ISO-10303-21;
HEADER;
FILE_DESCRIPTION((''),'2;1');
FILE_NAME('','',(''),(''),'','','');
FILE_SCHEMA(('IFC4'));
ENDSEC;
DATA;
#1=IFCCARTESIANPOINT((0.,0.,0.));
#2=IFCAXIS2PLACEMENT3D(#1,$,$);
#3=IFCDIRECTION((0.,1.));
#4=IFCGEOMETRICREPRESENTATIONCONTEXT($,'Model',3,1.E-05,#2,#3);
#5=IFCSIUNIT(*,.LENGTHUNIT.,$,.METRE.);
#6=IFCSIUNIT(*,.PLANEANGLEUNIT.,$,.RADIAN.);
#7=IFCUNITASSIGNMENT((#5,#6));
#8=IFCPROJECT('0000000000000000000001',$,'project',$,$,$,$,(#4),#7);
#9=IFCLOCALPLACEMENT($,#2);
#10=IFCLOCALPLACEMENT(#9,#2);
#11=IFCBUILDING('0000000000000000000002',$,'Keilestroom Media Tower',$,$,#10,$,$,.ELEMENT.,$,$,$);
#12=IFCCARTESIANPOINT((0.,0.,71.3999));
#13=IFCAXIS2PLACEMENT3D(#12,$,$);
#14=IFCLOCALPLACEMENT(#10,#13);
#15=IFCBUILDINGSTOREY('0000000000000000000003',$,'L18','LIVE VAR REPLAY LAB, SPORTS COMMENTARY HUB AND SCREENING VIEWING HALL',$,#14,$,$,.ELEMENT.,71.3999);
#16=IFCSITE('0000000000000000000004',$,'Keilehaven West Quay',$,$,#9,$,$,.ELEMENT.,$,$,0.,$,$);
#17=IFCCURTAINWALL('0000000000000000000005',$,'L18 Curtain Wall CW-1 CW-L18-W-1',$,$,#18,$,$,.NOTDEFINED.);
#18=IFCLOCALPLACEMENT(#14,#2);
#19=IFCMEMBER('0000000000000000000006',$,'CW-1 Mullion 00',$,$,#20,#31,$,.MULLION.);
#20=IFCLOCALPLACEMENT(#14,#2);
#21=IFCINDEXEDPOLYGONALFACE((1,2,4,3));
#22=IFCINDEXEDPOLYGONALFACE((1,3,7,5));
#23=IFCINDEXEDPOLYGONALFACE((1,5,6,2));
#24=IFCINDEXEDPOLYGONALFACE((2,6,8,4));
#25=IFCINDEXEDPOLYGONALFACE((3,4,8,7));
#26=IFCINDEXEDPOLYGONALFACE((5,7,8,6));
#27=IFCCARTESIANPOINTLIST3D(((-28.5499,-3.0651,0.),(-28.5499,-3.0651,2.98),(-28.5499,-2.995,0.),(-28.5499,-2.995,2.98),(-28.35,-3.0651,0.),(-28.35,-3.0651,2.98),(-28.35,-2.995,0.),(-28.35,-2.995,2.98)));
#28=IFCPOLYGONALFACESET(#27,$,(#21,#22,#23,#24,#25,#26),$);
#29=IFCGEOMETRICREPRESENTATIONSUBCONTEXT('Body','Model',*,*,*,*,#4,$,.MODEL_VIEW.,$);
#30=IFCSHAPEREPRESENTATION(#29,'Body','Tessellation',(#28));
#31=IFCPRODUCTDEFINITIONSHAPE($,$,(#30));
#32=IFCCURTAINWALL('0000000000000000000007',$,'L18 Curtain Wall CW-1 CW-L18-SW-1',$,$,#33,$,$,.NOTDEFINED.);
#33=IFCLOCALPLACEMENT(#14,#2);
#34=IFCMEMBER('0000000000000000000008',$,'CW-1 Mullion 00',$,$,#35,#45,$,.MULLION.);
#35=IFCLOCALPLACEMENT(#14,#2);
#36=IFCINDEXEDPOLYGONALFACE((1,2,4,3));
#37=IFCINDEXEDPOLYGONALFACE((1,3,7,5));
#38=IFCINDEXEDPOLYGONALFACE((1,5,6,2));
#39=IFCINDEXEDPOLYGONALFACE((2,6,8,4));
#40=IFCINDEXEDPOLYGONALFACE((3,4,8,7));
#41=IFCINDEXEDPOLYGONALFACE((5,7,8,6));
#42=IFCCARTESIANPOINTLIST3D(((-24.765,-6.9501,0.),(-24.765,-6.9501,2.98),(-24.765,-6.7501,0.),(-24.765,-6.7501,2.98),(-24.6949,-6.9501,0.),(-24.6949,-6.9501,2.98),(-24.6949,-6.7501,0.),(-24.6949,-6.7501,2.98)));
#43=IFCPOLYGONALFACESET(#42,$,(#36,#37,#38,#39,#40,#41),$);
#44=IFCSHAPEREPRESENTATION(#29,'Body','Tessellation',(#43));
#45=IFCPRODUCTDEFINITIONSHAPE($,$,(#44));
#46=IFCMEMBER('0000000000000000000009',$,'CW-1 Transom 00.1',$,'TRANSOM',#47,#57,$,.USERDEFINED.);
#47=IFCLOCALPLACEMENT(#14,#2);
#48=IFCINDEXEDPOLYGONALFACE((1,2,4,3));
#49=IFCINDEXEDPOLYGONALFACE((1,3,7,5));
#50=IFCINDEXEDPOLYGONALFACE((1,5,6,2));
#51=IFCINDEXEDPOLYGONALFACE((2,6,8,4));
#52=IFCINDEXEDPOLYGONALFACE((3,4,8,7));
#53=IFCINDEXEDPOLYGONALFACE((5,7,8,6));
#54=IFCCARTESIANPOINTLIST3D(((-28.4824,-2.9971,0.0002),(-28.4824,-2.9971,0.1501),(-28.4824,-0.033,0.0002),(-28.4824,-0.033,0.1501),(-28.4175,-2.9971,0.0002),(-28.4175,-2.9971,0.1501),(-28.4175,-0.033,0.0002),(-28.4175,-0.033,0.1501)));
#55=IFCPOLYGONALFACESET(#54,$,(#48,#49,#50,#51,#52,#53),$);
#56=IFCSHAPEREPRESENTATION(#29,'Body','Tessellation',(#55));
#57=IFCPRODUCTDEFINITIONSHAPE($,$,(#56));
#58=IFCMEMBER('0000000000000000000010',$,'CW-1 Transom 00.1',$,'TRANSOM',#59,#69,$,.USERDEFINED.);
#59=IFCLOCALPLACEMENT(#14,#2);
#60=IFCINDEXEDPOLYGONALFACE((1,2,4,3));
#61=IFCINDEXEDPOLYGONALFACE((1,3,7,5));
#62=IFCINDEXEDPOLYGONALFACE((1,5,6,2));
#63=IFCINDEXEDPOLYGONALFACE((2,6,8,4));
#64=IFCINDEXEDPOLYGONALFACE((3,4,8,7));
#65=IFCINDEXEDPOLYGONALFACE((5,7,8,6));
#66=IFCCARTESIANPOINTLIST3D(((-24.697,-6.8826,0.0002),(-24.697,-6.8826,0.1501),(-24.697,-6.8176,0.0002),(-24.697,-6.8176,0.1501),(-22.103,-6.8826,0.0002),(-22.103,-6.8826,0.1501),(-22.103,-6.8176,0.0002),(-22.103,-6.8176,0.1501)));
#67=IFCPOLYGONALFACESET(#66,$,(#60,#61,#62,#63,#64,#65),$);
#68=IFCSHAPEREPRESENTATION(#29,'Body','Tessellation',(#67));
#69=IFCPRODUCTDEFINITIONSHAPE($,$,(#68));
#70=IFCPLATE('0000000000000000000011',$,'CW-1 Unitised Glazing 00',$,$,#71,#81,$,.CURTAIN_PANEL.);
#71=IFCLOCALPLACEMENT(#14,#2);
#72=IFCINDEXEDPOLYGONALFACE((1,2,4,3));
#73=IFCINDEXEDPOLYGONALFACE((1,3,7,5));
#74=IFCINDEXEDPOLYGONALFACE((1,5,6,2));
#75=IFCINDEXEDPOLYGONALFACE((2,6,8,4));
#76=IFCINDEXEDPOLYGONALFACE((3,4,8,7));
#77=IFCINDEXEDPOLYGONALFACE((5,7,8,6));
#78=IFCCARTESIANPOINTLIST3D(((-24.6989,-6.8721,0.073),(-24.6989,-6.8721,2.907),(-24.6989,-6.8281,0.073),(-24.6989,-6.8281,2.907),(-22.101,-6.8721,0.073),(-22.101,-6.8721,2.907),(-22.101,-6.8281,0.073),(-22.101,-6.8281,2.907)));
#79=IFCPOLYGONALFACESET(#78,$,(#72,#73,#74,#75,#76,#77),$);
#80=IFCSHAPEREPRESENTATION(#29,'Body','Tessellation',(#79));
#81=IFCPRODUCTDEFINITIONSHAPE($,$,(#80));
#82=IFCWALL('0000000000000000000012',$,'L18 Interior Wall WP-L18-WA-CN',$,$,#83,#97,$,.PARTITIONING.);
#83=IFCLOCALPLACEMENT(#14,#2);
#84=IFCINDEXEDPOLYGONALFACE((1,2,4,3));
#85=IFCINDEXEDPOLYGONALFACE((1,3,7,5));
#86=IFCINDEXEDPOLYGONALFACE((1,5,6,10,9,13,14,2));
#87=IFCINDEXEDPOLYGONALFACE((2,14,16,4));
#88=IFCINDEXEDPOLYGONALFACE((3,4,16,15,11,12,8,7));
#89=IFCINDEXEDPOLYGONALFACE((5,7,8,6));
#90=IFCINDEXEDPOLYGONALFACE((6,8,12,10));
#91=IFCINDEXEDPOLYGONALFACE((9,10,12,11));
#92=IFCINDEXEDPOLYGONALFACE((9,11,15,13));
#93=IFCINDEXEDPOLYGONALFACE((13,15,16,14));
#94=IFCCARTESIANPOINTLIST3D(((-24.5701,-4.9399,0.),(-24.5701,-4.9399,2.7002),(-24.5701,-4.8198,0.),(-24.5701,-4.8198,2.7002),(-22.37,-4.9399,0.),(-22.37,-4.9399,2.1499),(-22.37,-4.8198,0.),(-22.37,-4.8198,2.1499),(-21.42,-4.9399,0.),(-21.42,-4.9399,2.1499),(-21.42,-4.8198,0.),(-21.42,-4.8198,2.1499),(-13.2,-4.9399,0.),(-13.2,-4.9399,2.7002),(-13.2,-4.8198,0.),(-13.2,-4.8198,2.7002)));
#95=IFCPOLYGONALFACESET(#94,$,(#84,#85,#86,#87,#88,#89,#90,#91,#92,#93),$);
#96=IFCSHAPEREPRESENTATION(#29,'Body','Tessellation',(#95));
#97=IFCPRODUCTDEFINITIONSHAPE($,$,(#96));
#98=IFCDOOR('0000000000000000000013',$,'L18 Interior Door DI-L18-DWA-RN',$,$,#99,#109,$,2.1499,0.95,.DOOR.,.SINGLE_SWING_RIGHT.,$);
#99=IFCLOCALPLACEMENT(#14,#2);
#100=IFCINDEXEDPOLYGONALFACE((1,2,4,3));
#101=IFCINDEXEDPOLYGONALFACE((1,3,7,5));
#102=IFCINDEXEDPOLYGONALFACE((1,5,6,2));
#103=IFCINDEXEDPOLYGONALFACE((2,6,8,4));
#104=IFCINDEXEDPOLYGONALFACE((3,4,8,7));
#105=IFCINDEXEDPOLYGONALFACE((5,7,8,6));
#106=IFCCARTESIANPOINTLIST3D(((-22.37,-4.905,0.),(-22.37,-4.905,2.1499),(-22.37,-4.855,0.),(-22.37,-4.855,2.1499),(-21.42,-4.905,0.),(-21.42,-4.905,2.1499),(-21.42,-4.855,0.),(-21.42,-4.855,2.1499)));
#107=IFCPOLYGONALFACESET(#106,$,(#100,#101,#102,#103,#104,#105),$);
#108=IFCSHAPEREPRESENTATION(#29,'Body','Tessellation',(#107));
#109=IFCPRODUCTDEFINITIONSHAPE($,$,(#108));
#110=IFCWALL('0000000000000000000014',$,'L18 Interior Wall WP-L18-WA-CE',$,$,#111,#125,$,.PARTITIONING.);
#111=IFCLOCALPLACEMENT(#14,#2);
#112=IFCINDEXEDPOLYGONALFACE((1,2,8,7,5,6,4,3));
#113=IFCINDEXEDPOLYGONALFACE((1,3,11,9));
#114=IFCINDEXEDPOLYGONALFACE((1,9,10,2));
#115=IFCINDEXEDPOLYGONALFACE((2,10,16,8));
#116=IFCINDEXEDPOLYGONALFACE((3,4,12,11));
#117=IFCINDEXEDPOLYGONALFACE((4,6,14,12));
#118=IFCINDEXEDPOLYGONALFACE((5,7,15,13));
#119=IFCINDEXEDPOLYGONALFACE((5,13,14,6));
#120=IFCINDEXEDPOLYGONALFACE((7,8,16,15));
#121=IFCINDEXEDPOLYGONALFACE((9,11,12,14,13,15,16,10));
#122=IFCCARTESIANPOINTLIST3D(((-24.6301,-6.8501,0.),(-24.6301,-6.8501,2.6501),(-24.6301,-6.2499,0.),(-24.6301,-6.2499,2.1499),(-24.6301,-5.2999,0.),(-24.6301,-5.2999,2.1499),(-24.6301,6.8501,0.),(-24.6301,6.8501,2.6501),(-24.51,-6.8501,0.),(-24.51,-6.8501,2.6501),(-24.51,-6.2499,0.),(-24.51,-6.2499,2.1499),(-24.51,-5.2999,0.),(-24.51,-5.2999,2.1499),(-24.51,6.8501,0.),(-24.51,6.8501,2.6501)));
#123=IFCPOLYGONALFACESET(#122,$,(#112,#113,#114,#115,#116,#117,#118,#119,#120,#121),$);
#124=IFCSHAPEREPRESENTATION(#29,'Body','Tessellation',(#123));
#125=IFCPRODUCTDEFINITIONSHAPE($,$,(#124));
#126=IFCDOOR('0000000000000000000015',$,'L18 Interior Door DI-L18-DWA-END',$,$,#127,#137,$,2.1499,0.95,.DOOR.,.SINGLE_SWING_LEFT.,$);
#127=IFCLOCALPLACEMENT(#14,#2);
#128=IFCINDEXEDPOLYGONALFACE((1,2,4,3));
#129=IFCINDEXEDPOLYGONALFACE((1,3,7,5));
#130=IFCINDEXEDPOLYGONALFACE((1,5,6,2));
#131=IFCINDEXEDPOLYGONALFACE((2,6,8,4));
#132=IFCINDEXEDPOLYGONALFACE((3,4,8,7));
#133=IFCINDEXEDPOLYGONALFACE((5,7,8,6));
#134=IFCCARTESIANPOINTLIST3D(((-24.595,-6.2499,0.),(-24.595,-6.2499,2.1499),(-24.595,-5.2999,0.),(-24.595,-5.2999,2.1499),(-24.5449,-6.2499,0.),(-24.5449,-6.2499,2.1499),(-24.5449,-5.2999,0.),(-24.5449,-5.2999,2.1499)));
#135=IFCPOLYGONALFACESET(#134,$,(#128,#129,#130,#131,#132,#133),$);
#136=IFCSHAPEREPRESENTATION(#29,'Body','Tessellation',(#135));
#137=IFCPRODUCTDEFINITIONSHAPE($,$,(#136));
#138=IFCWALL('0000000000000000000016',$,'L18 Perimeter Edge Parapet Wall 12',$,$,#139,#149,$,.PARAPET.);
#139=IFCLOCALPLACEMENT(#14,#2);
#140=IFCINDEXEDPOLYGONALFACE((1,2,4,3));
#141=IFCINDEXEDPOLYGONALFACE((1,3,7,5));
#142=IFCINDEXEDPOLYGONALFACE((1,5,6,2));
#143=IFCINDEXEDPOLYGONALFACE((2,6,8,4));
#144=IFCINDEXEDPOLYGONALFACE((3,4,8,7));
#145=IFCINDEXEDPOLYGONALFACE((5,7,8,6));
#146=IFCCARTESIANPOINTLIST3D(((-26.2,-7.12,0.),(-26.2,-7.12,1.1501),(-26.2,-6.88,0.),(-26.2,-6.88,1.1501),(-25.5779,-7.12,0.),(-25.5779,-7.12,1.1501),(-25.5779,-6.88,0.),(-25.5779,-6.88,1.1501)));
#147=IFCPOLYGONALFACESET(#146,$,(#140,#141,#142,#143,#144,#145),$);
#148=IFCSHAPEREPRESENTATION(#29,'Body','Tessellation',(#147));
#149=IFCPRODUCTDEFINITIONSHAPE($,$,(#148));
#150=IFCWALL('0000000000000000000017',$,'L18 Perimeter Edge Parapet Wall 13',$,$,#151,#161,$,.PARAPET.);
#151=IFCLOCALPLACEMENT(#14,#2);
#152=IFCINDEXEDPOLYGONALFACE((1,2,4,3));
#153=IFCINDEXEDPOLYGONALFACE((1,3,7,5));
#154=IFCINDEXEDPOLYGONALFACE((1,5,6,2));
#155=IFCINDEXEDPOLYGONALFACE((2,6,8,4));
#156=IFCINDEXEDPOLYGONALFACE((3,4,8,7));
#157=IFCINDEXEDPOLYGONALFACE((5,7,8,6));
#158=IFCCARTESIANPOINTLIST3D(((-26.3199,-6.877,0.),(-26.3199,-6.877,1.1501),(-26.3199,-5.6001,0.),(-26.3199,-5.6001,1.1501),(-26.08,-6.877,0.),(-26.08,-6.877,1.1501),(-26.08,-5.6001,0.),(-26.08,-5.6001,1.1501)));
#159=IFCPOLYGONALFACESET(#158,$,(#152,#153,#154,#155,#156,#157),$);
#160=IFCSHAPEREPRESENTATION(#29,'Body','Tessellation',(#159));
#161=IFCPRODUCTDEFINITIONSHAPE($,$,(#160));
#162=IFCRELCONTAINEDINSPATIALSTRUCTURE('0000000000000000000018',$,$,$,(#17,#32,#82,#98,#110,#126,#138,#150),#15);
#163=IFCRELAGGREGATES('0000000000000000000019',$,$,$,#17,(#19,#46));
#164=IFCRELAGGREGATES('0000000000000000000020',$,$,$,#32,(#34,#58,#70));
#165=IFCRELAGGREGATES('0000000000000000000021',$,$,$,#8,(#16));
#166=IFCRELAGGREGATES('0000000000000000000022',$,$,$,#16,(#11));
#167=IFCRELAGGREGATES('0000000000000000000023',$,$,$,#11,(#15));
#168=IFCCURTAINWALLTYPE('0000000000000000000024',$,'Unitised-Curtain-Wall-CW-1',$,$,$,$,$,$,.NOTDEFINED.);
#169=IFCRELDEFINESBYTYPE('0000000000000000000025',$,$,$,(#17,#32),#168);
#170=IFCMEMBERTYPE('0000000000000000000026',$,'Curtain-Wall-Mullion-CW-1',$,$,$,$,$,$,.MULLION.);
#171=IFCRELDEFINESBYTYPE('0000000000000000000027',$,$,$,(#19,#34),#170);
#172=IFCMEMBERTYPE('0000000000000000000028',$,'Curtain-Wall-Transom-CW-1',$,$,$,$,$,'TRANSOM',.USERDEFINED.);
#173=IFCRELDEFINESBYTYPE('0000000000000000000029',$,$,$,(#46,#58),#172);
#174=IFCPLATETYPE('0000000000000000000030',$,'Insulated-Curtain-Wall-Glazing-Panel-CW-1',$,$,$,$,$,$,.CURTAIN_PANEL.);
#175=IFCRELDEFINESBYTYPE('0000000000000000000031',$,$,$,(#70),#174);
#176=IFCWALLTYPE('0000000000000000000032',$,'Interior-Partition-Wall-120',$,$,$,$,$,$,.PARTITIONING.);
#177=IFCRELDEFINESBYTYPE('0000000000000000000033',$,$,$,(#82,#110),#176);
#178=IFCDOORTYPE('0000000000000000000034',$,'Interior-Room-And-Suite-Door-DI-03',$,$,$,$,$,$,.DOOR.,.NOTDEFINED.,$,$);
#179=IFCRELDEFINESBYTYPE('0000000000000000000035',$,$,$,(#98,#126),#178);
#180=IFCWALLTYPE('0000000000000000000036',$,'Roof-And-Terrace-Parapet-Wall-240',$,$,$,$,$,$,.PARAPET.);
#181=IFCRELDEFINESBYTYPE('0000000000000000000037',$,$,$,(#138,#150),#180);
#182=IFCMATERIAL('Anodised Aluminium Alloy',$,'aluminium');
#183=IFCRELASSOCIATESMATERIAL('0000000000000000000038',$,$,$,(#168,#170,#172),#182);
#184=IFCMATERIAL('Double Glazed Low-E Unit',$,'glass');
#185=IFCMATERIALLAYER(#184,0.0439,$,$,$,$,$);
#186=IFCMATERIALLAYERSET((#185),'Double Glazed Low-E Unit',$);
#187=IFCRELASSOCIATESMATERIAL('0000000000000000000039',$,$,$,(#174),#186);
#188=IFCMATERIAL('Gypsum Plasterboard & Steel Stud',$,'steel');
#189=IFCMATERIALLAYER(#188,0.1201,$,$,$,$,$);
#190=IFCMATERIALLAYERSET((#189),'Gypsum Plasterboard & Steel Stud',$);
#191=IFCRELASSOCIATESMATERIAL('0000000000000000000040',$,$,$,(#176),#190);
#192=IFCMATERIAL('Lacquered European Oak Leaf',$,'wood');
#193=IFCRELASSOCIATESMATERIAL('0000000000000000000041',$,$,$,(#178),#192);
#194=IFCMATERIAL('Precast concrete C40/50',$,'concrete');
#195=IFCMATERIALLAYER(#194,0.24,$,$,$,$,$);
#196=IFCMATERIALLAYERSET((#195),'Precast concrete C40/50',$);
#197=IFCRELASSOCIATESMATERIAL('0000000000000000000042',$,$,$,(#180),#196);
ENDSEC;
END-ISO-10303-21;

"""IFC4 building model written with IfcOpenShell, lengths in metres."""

from ifc_helpers import new_model, si_unit, direction, frame, frame_2d, origin, origin_2d, place, context, subcontext, project, spatial, rectangle, extrude, source, transform, mapped, material, layer, layer_set, material_profile, profile_set, type_object, element, fill, aggregate, save


model = new_model("IFC4")

# Units and contexts
model_context = context("Model", 3, precision=1e-05, world=origin(), true_north=direction((0.0, 1.0)))
body_context = subcontext(model_context, "Body", "Model", "MODEL_VIEW")
ifc_project = project(units=[si_unit("LENGTHUNIT", "METRE"), si_unit("PLANEANGLEUNIT", "RADIAN")], contexts=[model_context])

# Site, building, storey
site_placement = place(None, origin())
site = spatial("IfcSite", under=ifc_project, at=site_placement, Name="Keilehaven West Quay", CompositionType="ELEMENT", RefElevation=0.0)
building_placement = place(site_placement, origin())
building = spatial("IfcBuilding", under=site, at=building_placement, Name="Keilestroom Media Tower", CompositionType="ELEMENT")
storey_placement = place(building_placement, frame((0.0, 0.0, 71.3999)))
storey = spatial("IfcBuildingStorey", under=building, at=storey_placement, Name="L18", Description="LIVE VAR REPLAY LAB, SPORTS COMMENTARY HUB AND SCREENING VIEWING HALL", CompositionType="ELEMENT", Elevation=71.3999)

# Shared definitions
ifc_material_1 = material(Name="Precast concrete C40/50", Category="concrete")

# Curtain walls, members
ifc_material_2 = material(Name="Anodised Aluminium Alloy", Category="aluminium")
curtain_wall_type = type_object("IfcCurtainWallType", Name="Unitised-Curtain-Wall-CW-1", PredefinedType="NOTDEFINED", material=ifc_material_2)
curtain_wall_1_placement = place(storey_placement, origin())
curtain_wall_1 = element("IfcCurtainWall", 1, at=curtain_wall_1_placement, inside=storey, type_object=curtain_wall_type, Name="L18 Curtain Wall CW-1 CW-L18-W-1", PredefinedType="NOTDEFINED")
ifc_material_profile_1 = material_profile(ifc_material_2, rectangle(XDim=0.0701, YDim=0.2, at=origin_2d()), Name="ALU MULLION 70x200")
ifc_profile_set_1 = profile_set([ifc_material_profile_1], Name="Anodised Aluminium Alloy")
member_type_1 = type_object("IfcMemberType", Name="Curtain-Wall-Mullion-CW-1", PredefinedType="MULLION", material=ifc_profile_set_1)
shared_shape_1 = source(origin(), body_context, "Body", "SweptSolid", [
    extrude(rectangle(XDim=0.0701, YDim=0.2, at=origin_2d()), origin(), (0.0, 0.0, 1.0), 2.98),
])
member_1_placement = place(storey_placement, frame((-28.45, -3.03, 0.0), z_axis=(0.0, 0.0, 1.0), x_axis=(0.0, 1.0, 0.0)))
member_1 = element("IfcMember", 2, at=member_1_placement, type_object=member_type_1, Name="CW-1 Mullion 00", PredefinedType="MULLION", context=body_context, shape_type="MappedRepresentation", body=[
    mapped(shared_shape_1, transform((0.0, 0.0, 0.0), x_axis=(1.0, 0.0, 0.0), y_axis=(0.0, 1.0, 0.0), z_axis=(0.0, 0.0, 1.0), scale=1.0)),
])
curtain_wall_2_placement = place(storey_placement, origin())
curtain_wall_2 = element("IfcCurtainWall", 3, at=curtain_wall_2_placement, inside=storey, type_object=curtain_wall_type, Name="L18 Curtain Wall CW-1 CW-L18-SW-1", PredefinedType="NOTDEFINED")
member_2_placement = place(storey_placement, frame((-24.73, -6.8501, 0.0), z_axis=(0.0, 0.0, 1.0), x_axis=(1.0, 0.0, 0.0)))
member_2 = element("IfcMember", 4, at=member_2_placement, type_object=member_type_1, Name="CW-1 Mullion 00", PredefinedType="MULLION", context=body_context, shape_type="MappedRepresentation", body=[
    mapped(shared_shape_1, transform((0.0, 0.0, 0.0), x_axis=(1.0, 0.0, 0.0), y_axis=(0.0, 1.0, 0.0), z_axis=(0.0, 0.0, 1.0), scale=1.0)),
])

# Members
ifc_material_profile_2 = material_profile(ifc_material_2, rectangle(XDim=0.0649, YDim=0.1499, at=origin_2d()), Name="ALU TRANSOM 65x150")
ifc_profile_set_2 = profile_set([ifc_material_profile_2], Name="Anodised Aluminium Alloy")
member_type_2 = type_object("IfcMemberType", Name="Curtain-Wall-Transom-CW-1", ElementType="TRANSOM", PredefinedType="USERDEFINED", material=ifc_profile_set_2)
shared_shape_2 = source(origin(), body_context, "Body", "SweptSolid", [
    extrude(rectangle(XDim=0.0649, YDim=0.1499, at=origin_2d()), origin(), (0.0, 0.0, 1.0), 2.9641),
])
member_3_placement = place(storey_placement, frame((-28.45, -2.9971, 0.0752), z_axis=(0.0, 1.0, 0.0), x_axis=(-1.0, 0.0, 0.0)))
member_3 = element("IfcMember", 5, at=member_3_placement, type_object=member_type_2, Name="CW-1 Transom 00.1", ObjectType="TRANSOM", PredefinedType="USERDEFINED", context=body_context, shape_type="MappedRepresentation", body=[
    mapped(shared_shape_2, transform((0.0, 0.0, 0.0), x_axis=(1.0, 0.0, 0.0), y_axis=(0.0, 1.0, 0.0), z_axis=(0.0, 0.0, 1.0), scale=1.0)),
])
aggregate(curtain_wall_1, [member_1, member_3])
shared_shape_3 = source(origin(), body_context, "Body", "SweptSolid", [
    extrude(rectangle(XDim=0.0649, YDim=0.1499, at=origin_2d()), origin(), (0.0, 0.0, 1.0), 2.594),
])
member_4_placement = place(storey_placement, frame((-24.697, -6.8501, 0.0752), z_axis=(1.0, 0.0, 0.0), x_axis=(0.0, 1.0, 0.0)))
member_4 = element("IfcMember", 6, at=member_4_placement, type_object=member_type_2, Name="CW-1 Transom 00.1", ObjectType="TRANSOM", PredefinedType="USERDEFINED", context=body_context, shape_type="MappedRepresentation", body=[
    mapped(shared_shape_3, transform((0.0, 0.0, 0.0), x_axis=(1.0, 0.0, 0.0), y_axis=(0.0, 1.0, 0.0), z_axis=(0.0, 0.0, 1.0), scale=1.0)),
])

# Plate
ifc_material_3 = material(Name="Double Glazed Low-E Unit", Category="glass")
ifc_layer_1 = layer(ifc_material_3, 0.0439)
ifc_layer_set_1 = layer_set([ifc_layer_1], Name="Double Glazed Low-E Unit")
plate_type = type_object("IfcPlateType", Name="Insulated-Curtain-Wall-Glazing-Panel-CW-1", PredefinedType="CURTAIN_PANEL", material=ifc_layer_set_1)
shared_shape_4 = source(origin(), body_context, "Body", "SweptSolid", [
    extrude(rectangle(XDim=2.5979, YDim=0.0439, at=origin_2d()), origin(), (0.0, 0.0, 1.0), 2.834),
])
plate_placement = place(storey_placement, frame((-23.3999, -6.8501, 0.073), z_axis=(0.0, 0.0, 1.0), x_axis=(1.0, 0.0, 0.0)))
plate = element("IfcPlate", 7, at=plate_placement, type_object=plate_type, Name="CW-1 Unitised Glazing 00", PredefinedType="CURTAIN_PANEL", context=body_context, shape_type="MappedRepresentation", body=[
    mapped(shared_shape_4, transform((0.0, 0.0, 0.0), x_axis=(1.0, 0.0, 0.0), y_axis=(0.0, 1.0, 0.0), z_axis=(0.0, 0.0, 1.0), scale=1.0)),
])
aggregate(curtain_wall_2, [member_2, member_4, plate])

# Walls, openings, doors
ifc_material_4 = material(Name="Gypsum Plasterboard & Steel Stud", Category="steel")
ifc_layer_2 = layer(ifc_material_4, 0.1201)
ifc_layer_set_2 = layer_set([ifc_layer_2], Name="Gypsum Plasterboard & Steel Stud")
wall_type_1 = type_object("IfcWallType", Name="Interior-Partition-Wall-120", PredefinedType="PARTITIONING", material=ifc_layer_set_2)
wall_1_placement = place(storey_placement, frame((-24.5701, -4.8799, 0.0), z_axis=(0.0, 0.0, 1.0), x_axis=(1.0, 0.0, 0.0)))
wall_1 = element("IfcWall", 8, at=wall_1_placement, inside=storey, type_object=wall_type_1, Name="L18 Interior Wall WP-L18-WA-CN", PredefinedType="PARTITIONING", context=body_context, shape_type="SweptSolid", body=[
    extrude(rectangle(XDim=11.3701, YDim=0.1201, at=frame_2d((5.6851, 0.0))), origin(), (0.0, 0.0, 1.0), 2.7002),
])
opening_1_placement = place(wall_1_placement, frame((2.2, 0.0, 0.0)))
opening_1 = element("IfcOpeningElement", 9, at=opening_1_placement, cuts=wall_1, PredefinedType="OPENING", context=body_context, shape_type="SweptSolid", body=[
    extrude(rectangle(XDim=0.95, YDim=2.1499, at=frame_2d((0.4751, 1.075))), frame((0.0, 0.0701, 0.0), z_axis=(0.0, -1.0, 0.0), x_axis=(1.0, 0.0, 0.0)), (0.0, 0.0, 1.0), 0.1401),
])
ifc_material_5 = material(Name="Lacquered European Oak Leaf", Category="wood")
door_type = type_object("IfcDoorType", Name="Interior-Room-And-Suite-Door-DI-03", OperationType="NOTDEFINED", PredefinedType="DOOR", material=ifc_material_5)
shared_shape_5 = source(origin(), body_context, "Body", "SweptSolid", [
    extrude(rectangle(XDim=0.95, YDim=2.1499, at=frame_2d((0.4751, 1.075))), frame((0.0, 0.0249, 0.0), z_axis=(0.0, -1.0, 0.0), x_axis=(1.0, 0.0, 0.0)), (0.0, 0.0, 1.0), 0.05),
])
door_1_placement = place(opening_1_placement, origin())
door_1 = element("IfcDoor", 10, at=door_1_placement, inside=storey, type_object=door_type, Name="L18 Interior Door DI-L18-DWA-RN", OperationType="SINGLE_SWING_RIGHT", OverallHeight=2.1499, OverallWidth=0.95, PredefinedType="DOOR", context=body_context, shape_type="MappedRepresentation", body=[
    mapped(shared_shape_5, transform((0.0, 0.0, 0.0), x_axis=(1.0, 0.0, 0.0), y_axis=(0.0, 1.0, 0.0), z_axis=(0.0, 0.0, 1.0), scale=1.0)),
])
fill(opening_1, door_1)
wall_2_placement = place(storey_placement, frame((-24.5701, -6.8501, 0.0), z_axis=(0.0, 0.0, 1.0), x_axis=(0.0, 1.0, 0.0)))
wall_2 = element("IfcWall", 11, at=wall_2_placement, inside=storey, type_object=wall_type_1, Name="L18 Interior Wall WP-L18-WA-CE", PredefinedType="PARTITIONING", context=body_context, shape_type="SweptSolid", body=[
    extrude(rectangle(XDim=13.7002, YDim=0.1201, at=frame_2d((6.8501, 0.0))), origin(), (0.0, 0.0, 1.0), 2.6501),
])
opening_2_placement = place(wall_2_placement, frame((0.6001, 0.0, 0.0)))
opening_2 = element("IfcOpeningElement", 12, at=opening_2_placement, cuts=wall_2, PredefinedType="OPENING", context=body_context, shape_type="SweptSolid", body=[
    extrude(rectangle(XDim=0.95, YDim=2.1499, at=frame_2d((0.4751, 1.075))), frame((0.0, 0.0701, 0.0), z_axis=(0.0, -1.0, 0.0), x_axis=(1.0, 0.0, 0.0)), (0.0, 0.0, 1.0), 0.1401),
])
door_2_placement = place(opening_2_placement, origin())
door_2 = element("IfcDoor", 13, at=door_2_placement, inside=storey, type_object=door_type, Name="L18 Interior Door DI-L18-DWA-END", OperationType="SINGLE_SWING_LEFT", OverallHeight=2.1499, OverallWidth=0.95, PredefinedType="DOOR", context=body_context, shape_type="MappedRepresentation", body=[
    mapped(shared_shape_5, transform((0.0, 0.0, 0.0), x_axis=(1.0, 0.0, 0.0), y_axis=(0.0, 1.0, 0.0), z_axis=(0.0, 0.0, 1.0), scale=1.0)),
])
fill(opening_2, door_2)

# Walls
ifc_layer_3 = layer(ifc_material_1, 0.24)
ifc_layer_set_3 = layer_set([ifc_layer_3], Name="Precast concrete C40/50")
wall_type_2 = type_object("IfcWallType", Name="Roof-And-Terrace-Parapet-Wall-240", PredefinedType="PARAPET", material=ifc_layer_set_3)
wall_3_placement = place(storey_placement, frame((-25.5779, -7.0, 0.0), z_axis=(0.0, 0.0, 1.0), x_axis=(-1.0, 0.0, 0.0)))
element("IfcWall", 14, at=wall_3_placement, inside=storey, type_object=wall_type_2, Name="L18 Perimeter Edge Parapet Wall 12", PredefinedType="PARAPET", context=body_context, shape_type="SweptSolid", body=[
    extrude(rectangle(XDim=0.6221, YDim=0.24, at=frame_2d((0.311, 0.0))), origin(), (0.0, 0.0, 1.0), 1.1501),
])
wall_4_placement = place(storey_placement, frame((-26.2, -6.877, 0.0), z_axis=(0.0, 0.0, 1.0), x_axis=(0.0, 1.0, 0.0)))
element("IfcWall", 15, at=wall_4_placement, inside=storey, type_object=wall_type_2, Name="L18 Perimeter Edge Parapet Wall 13", PredefinedType="PARAPET", context=body_context, shape_type="SweptSolid", body=[
    extrude(rectangle(XDim=1.2769, YDim=0.24, at=frame_2d((0.6384, 0.0))), origin(), (0.0, 0.0, 1.0), 1.1501),
])

save(model, "model.ifc")
